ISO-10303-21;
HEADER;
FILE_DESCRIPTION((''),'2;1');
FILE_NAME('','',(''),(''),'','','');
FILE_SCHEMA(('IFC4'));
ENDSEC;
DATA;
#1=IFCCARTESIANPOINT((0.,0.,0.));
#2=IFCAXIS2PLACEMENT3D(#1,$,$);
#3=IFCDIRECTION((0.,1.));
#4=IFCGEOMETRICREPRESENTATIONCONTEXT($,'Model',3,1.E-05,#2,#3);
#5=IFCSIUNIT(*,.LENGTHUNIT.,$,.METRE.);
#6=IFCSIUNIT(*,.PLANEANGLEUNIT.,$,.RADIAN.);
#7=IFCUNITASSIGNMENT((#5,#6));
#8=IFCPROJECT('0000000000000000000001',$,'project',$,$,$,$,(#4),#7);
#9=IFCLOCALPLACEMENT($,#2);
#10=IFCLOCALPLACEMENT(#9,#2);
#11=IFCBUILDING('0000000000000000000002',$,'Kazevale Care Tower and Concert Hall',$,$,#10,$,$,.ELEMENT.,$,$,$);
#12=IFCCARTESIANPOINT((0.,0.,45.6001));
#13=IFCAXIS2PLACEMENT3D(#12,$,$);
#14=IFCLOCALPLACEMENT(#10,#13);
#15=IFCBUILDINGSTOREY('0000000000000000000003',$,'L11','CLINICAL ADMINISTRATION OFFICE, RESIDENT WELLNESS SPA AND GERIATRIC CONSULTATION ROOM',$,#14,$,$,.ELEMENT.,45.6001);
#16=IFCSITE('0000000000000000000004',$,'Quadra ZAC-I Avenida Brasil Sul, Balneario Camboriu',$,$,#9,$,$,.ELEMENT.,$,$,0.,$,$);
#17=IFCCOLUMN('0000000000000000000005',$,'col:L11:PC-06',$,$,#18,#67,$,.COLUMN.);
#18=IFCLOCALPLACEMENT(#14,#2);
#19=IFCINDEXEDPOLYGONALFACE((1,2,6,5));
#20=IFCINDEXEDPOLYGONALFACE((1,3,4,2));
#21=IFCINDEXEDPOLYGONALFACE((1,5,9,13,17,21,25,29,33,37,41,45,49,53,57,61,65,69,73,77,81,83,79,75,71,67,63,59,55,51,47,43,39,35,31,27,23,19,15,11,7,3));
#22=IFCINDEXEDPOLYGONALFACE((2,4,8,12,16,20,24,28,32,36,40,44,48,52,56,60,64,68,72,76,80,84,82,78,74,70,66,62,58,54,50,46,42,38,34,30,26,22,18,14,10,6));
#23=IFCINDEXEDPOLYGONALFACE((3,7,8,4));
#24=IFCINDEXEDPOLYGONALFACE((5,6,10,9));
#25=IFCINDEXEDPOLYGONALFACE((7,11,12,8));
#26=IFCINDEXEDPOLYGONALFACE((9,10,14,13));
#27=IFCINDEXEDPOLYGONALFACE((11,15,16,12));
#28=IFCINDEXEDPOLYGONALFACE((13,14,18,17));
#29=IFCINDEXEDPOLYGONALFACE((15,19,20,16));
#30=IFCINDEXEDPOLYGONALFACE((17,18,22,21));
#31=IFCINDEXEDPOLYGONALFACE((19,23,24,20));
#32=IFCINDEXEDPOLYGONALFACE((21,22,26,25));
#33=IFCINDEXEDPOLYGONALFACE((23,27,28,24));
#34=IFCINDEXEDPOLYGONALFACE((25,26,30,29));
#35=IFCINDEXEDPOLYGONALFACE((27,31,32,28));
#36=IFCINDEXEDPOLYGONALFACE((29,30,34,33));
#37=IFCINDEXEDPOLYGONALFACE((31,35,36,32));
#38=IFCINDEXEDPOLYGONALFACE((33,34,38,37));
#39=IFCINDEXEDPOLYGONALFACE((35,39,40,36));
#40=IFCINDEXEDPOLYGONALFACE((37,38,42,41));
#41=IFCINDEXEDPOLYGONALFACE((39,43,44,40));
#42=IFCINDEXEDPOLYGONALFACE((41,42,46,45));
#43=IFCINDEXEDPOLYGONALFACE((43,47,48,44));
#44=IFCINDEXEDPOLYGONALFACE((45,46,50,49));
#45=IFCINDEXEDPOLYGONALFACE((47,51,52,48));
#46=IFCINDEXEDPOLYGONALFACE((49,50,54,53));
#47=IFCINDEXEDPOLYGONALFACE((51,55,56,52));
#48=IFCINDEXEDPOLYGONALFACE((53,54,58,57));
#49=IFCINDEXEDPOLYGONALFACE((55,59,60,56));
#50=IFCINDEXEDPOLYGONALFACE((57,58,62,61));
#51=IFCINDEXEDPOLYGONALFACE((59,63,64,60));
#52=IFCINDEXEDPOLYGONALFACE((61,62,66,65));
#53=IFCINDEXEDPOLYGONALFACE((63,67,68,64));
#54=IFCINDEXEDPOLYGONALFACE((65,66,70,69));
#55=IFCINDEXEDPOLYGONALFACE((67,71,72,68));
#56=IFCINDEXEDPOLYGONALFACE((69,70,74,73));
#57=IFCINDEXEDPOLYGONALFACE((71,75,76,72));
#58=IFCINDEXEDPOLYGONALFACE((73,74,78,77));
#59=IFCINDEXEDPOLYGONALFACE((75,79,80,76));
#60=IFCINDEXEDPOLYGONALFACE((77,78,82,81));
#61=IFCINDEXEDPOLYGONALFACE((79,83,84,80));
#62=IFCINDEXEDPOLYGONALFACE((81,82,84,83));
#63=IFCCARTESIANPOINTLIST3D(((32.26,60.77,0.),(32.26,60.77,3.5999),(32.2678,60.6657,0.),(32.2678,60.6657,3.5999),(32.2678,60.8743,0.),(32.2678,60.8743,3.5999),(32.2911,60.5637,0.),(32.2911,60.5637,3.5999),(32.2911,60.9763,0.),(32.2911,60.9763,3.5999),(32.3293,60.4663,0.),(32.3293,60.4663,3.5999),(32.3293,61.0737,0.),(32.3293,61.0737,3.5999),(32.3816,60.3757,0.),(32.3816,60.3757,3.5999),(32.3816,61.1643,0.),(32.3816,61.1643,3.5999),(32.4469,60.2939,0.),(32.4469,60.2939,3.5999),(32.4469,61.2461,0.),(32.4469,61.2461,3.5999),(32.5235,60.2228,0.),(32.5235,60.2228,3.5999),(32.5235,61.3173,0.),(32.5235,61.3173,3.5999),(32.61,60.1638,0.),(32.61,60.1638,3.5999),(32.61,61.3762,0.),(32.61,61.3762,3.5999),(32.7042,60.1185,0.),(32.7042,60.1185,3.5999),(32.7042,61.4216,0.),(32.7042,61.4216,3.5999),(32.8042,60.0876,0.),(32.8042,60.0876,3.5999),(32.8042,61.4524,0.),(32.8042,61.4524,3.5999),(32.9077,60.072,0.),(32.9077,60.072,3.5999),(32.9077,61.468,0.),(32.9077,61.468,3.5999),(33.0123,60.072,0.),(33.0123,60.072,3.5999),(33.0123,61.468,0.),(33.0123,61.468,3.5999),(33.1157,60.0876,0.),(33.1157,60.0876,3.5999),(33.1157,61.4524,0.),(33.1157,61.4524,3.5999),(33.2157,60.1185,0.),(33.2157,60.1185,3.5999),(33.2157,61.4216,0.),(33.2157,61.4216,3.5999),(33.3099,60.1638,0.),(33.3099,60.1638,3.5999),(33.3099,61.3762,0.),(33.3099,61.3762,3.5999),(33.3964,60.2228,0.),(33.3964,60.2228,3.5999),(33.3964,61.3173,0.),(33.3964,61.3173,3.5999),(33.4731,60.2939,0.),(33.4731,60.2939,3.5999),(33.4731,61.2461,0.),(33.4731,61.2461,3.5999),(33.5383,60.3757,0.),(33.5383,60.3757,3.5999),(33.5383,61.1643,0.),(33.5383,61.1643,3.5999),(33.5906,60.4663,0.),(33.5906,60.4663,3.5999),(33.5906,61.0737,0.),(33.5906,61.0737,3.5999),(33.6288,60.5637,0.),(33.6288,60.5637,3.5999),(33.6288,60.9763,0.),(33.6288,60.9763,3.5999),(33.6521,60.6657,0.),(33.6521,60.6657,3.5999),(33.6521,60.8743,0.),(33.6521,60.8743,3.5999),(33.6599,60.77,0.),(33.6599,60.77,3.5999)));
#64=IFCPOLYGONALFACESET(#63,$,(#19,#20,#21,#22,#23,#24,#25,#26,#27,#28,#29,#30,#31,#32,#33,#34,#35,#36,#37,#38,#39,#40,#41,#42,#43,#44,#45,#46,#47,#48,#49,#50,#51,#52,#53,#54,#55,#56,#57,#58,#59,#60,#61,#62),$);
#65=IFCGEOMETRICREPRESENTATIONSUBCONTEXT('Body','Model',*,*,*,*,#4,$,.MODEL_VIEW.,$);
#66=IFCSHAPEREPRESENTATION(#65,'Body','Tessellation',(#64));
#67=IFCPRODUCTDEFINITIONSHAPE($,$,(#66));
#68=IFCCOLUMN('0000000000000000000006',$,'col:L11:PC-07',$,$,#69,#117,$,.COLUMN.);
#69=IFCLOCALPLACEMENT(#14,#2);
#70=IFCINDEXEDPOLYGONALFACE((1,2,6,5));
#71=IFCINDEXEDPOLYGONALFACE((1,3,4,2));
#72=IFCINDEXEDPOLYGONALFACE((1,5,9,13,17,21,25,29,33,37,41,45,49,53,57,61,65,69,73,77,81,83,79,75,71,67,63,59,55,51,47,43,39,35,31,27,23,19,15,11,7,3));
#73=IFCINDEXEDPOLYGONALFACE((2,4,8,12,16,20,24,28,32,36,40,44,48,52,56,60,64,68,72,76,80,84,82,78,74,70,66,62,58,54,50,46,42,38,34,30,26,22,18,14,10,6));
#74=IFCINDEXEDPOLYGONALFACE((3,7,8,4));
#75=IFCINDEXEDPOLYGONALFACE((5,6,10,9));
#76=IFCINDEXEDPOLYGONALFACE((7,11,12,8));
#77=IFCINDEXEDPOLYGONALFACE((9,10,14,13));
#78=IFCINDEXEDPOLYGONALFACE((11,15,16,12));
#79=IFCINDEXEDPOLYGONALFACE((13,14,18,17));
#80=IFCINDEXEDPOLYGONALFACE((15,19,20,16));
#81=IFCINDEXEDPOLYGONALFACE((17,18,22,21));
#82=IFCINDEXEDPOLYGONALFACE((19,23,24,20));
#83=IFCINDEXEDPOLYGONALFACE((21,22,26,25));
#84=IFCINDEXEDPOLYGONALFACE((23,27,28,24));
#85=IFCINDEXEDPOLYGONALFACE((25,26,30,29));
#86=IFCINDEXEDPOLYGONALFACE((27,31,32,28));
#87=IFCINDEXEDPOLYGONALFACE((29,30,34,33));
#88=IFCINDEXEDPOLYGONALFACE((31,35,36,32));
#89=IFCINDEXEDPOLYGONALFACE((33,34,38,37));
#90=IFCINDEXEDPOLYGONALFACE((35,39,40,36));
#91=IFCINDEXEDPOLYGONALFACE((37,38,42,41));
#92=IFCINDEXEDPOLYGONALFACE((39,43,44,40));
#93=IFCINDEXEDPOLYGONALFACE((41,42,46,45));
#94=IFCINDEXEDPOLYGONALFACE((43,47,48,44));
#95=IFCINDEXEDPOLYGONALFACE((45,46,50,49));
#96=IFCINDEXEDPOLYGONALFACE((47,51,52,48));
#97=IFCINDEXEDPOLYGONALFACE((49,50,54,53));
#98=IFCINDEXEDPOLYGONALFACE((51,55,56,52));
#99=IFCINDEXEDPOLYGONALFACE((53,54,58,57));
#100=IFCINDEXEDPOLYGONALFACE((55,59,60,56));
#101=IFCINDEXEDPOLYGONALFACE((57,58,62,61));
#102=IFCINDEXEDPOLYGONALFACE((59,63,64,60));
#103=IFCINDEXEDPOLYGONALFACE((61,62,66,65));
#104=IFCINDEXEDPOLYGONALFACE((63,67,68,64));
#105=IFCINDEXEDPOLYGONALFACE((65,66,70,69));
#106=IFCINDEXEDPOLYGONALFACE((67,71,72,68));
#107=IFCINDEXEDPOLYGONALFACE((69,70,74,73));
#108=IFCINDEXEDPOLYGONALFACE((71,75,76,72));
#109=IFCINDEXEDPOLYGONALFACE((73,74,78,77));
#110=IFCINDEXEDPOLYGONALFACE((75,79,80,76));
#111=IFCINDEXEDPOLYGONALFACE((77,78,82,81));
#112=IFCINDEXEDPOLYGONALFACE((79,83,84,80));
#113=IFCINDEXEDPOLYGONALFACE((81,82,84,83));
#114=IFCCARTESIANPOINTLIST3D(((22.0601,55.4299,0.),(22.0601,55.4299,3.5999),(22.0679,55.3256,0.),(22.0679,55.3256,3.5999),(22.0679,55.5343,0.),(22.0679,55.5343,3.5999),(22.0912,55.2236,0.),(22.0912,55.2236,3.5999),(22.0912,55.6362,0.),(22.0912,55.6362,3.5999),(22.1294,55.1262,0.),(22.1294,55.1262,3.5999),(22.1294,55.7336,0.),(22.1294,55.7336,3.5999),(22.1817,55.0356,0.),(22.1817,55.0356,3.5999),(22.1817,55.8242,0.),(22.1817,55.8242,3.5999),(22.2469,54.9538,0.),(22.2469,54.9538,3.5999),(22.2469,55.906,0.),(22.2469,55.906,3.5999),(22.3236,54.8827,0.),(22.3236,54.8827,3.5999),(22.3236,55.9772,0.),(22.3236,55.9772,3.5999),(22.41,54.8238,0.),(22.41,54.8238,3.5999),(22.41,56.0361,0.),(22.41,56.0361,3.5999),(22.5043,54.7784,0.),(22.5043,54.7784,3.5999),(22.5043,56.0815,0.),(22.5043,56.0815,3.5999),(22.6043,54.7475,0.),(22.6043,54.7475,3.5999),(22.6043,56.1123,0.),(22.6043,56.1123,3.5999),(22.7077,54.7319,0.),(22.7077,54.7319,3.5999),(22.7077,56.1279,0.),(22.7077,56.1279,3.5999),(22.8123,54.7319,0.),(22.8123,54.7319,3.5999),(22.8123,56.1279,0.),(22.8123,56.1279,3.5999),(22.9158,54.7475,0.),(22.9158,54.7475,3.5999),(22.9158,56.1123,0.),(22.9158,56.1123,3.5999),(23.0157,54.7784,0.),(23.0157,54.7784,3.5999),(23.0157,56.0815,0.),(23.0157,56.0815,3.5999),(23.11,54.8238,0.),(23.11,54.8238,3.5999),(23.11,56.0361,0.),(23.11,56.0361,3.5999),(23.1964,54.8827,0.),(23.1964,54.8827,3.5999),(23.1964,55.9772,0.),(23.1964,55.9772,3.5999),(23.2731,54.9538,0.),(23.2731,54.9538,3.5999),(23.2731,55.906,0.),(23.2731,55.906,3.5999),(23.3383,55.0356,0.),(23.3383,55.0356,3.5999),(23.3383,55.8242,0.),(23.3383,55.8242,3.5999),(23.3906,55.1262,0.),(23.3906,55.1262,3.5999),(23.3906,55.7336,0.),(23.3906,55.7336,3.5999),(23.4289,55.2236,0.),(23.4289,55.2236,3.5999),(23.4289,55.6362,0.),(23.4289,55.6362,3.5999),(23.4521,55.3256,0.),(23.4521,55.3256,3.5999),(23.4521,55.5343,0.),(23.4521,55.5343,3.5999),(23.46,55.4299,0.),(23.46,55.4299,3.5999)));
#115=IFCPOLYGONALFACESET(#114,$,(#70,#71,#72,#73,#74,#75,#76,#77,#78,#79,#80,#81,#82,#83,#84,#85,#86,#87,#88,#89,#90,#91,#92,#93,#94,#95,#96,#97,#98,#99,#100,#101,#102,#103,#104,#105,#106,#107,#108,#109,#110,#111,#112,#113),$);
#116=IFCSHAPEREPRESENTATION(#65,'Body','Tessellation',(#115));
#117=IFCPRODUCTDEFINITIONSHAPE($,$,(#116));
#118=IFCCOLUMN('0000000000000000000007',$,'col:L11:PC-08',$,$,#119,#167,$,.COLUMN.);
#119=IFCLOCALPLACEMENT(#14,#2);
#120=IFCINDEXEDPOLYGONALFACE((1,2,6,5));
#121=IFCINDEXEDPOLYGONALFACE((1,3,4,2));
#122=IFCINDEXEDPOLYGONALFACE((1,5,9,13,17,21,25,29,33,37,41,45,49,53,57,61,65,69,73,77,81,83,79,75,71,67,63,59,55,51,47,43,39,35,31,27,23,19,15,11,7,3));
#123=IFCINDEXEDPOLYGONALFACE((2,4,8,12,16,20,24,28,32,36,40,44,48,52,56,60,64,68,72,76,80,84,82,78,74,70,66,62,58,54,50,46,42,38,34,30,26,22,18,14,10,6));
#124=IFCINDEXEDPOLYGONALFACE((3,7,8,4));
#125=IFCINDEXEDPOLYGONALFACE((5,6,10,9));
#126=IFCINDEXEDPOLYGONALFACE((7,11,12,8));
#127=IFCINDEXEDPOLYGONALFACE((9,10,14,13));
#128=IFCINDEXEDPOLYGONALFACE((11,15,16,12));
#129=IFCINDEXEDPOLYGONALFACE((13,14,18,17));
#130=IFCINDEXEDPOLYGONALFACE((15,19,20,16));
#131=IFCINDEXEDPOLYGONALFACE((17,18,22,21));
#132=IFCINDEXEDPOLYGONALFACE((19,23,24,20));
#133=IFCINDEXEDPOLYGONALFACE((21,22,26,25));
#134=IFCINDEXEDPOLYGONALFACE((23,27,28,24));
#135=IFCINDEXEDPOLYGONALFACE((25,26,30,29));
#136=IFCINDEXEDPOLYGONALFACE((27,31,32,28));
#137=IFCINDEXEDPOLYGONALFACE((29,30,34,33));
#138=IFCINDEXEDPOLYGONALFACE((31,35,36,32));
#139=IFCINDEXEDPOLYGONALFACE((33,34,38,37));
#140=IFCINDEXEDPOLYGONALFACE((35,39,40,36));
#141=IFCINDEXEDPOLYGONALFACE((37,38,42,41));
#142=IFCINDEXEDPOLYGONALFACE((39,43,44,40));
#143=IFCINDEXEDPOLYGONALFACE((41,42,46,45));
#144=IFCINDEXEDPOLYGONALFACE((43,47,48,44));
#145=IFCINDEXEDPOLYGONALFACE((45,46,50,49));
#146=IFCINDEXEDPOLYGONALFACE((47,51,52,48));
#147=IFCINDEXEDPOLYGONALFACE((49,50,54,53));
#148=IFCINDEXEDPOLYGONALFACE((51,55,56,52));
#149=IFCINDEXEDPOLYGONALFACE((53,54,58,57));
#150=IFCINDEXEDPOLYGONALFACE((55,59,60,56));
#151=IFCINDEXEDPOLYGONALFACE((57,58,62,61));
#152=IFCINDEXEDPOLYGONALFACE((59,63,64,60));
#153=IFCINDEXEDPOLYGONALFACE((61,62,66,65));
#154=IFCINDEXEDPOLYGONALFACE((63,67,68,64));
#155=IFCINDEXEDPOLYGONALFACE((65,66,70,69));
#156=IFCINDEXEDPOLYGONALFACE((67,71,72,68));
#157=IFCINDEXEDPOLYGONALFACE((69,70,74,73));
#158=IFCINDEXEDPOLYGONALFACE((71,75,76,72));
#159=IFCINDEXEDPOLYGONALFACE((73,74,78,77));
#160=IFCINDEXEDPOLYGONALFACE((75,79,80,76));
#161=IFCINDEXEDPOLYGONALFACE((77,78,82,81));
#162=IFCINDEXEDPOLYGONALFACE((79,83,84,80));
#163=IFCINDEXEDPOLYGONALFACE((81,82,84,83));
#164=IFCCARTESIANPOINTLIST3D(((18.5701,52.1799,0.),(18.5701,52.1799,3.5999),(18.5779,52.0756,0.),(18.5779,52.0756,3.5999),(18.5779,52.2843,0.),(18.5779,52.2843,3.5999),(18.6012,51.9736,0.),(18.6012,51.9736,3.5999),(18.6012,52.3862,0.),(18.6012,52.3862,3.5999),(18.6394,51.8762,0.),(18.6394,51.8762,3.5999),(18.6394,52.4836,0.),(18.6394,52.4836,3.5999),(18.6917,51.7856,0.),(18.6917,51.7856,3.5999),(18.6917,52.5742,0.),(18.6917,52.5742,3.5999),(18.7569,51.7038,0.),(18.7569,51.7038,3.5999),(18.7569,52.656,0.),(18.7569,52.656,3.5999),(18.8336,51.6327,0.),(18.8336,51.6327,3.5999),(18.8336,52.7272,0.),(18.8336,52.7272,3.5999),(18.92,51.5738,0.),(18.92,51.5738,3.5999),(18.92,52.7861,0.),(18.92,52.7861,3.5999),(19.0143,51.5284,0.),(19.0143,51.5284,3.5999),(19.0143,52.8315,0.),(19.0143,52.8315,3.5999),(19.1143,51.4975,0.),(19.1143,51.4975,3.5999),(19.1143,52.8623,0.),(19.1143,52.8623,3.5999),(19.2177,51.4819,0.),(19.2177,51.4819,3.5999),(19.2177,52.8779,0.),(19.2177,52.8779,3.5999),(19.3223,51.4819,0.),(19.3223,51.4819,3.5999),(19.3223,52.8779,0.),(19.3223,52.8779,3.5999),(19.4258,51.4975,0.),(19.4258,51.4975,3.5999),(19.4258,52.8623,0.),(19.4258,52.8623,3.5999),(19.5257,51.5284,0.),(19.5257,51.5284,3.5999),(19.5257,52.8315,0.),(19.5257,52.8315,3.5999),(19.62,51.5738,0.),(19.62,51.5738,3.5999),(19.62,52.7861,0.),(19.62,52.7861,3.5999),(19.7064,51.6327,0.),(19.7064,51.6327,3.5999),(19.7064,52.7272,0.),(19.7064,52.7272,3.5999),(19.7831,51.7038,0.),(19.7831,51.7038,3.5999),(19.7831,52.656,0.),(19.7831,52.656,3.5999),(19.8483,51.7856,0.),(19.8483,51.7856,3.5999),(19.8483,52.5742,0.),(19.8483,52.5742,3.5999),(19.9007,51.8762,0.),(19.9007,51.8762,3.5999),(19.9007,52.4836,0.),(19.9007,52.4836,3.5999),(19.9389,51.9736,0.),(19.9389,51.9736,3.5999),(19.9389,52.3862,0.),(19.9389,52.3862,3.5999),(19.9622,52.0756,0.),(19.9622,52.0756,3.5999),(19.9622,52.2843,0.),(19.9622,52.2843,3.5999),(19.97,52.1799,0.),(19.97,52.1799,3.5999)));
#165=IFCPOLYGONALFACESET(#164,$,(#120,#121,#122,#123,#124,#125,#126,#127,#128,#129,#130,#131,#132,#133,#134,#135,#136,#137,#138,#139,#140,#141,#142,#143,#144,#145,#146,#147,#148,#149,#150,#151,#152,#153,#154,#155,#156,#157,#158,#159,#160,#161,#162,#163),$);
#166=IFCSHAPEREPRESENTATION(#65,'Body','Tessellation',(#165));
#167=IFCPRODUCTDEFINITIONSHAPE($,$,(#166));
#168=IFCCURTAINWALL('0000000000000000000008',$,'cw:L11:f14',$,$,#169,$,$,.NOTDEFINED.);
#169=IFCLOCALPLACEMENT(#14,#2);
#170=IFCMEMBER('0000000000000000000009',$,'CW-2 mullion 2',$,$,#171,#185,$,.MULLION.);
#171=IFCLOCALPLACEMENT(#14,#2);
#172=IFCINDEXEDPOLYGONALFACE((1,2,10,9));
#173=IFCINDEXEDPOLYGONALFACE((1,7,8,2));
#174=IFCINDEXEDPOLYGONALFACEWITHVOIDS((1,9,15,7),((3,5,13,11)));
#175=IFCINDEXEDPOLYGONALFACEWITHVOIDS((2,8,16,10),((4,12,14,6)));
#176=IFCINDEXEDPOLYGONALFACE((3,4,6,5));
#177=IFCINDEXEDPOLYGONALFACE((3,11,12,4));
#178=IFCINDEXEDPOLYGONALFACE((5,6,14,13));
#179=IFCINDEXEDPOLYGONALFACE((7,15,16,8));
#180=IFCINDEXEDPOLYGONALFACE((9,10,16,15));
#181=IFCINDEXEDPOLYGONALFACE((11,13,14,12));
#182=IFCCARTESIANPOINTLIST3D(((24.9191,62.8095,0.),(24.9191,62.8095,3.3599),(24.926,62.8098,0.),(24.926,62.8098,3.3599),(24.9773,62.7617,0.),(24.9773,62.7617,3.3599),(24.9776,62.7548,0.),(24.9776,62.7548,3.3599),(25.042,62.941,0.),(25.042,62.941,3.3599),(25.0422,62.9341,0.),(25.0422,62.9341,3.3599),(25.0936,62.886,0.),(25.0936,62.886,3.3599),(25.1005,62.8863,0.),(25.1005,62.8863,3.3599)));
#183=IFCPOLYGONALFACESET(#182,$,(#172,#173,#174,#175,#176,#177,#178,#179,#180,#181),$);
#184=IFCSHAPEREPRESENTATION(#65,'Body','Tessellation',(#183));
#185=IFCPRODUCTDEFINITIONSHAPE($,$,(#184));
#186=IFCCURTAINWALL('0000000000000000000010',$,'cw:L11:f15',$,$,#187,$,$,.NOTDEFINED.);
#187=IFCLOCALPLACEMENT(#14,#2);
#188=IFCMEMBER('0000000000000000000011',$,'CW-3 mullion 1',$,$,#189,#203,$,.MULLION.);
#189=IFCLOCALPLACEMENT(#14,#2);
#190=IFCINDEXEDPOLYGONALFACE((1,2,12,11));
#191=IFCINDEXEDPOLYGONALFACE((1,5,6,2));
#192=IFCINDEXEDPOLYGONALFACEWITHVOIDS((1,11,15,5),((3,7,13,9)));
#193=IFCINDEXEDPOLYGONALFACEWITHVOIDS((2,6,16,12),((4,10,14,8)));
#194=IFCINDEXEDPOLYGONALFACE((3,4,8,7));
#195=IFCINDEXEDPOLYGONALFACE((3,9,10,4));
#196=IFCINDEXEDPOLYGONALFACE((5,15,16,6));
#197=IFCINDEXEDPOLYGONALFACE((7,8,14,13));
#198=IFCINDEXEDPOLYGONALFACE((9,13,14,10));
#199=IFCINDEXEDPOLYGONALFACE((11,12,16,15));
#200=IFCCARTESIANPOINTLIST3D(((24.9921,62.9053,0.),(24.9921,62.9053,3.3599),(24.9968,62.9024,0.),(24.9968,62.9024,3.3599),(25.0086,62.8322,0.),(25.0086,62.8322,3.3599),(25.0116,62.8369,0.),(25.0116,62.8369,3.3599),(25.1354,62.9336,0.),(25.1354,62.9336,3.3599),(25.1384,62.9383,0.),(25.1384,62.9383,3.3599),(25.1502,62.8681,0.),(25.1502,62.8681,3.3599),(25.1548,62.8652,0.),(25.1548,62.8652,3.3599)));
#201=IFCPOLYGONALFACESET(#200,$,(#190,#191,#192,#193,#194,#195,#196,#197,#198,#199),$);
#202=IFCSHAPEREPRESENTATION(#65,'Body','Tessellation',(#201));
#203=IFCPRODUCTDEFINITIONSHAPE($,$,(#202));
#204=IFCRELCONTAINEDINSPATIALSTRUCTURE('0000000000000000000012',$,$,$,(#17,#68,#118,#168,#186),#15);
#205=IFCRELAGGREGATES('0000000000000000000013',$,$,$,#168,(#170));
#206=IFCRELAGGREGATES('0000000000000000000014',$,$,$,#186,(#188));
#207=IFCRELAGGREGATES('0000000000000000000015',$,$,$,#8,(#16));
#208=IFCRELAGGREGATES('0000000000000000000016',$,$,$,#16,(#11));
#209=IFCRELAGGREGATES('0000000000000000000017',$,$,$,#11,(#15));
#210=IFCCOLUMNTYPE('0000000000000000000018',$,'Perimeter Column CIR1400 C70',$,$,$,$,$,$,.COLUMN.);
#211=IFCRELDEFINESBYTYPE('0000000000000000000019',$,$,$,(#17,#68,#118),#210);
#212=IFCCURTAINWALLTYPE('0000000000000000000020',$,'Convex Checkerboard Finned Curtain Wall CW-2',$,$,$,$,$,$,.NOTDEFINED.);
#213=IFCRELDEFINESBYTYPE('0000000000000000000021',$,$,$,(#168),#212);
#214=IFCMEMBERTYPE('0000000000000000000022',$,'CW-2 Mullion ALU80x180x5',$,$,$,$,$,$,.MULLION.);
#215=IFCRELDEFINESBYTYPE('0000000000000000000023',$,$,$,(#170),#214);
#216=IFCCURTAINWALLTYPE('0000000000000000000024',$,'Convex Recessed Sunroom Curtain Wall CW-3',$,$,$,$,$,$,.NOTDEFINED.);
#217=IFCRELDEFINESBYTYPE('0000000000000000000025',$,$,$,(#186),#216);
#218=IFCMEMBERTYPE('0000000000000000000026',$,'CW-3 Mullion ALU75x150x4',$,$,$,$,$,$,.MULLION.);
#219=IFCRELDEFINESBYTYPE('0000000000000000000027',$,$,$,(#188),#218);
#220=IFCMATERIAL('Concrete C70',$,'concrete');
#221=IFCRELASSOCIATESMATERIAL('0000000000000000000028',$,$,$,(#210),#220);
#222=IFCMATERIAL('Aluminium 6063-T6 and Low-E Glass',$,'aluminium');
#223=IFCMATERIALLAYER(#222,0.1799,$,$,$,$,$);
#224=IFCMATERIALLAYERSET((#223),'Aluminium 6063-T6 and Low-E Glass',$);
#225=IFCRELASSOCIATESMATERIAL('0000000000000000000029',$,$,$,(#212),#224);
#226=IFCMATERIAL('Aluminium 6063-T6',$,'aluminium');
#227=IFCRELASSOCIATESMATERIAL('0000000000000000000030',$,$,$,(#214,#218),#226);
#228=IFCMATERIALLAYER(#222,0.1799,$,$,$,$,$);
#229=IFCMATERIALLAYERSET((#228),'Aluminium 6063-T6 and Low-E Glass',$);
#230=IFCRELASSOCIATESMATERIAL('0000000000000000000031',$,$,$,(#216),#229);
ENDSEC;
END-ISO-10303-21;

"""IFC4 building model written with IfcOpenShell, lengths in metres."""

from ifc_helpers import new_model, si_unit, direction, frame, origin, origin_2d, place, context, subcontext, project, spatial, hollow_rectangle, circle, extrude, material, layer, layer_set, material_profile, profile_set, type_object, element, aggregate, save


model = new_model("IFC4")

# Units and contexts
model_context = context("Model", 3, precision=1e-05, world=origin(), true_north=direction((0.0, 1.0)))
body_context = subcontext(model_context, "Body", "Model", "MODEL_VIEW")
ifc_project = project(units=[si_unit("LENGTHUNIT", "METRE"), si_unit("PLANEANGLEUNIT", "RADIAN")], contexts=[model_context])

# Site, building, storey
site_placement = place(None, origin())
site = spatial("IfcSite", under=ifc_project, at=site_placement, Name="Quadra ZAC-I Avenida Brasil Sul, Balneario Camboriu", CompositionType="ELEMENT", RefElevation=0.0)
building_placement = place(site_placement, origin())
building = spatial("IfcBuilding", under=site, at=building_placement, Name="Kazevale Care Tower and Concert Hall", CompositionType="ELEMENT")
storey_placement = place(building_placement, frame((0.0, 0.0, 45.6001)))
storey = spatial("IfcBuildingStorey", under=building, at=storey_placement, Name="L11", Description="CLINICAL ADMINISTRATION OFFICE, RESIDENT WELLNESS SPA AND GERIATRIC CONSULTATION ROOM", CompositionType="ELEMENT", Elevation=45.6001)

# Columns
ifc_material_1 = material(Name="Concrete C70", Category="concrete")
ifc_material_profile_1 = material_profile(ifc_material_1, circle(Radius=0.7, at=origin_2d()), Name="RC-CIR1400")
ifc_profile_set_1 = profile_set([ifc_material_profile_1], Name="Concrete C70")
column_type = type_object("IfcColumnType", Name="Perimeter Column CIR1400 C70", PredefinedType="COLUMN", material=ifc_profile_set_1)
for number, where, z_axis, x_axis, name in (
    (1, (32.96, 60.77, 0.0), (0.0, 0.0, 1.0), (1.0, 0.0, 0.0), "col:L11:PC-06"),
    (2, (22.76, 55.4299, 0.0), (0.0, 0.0, 1.0), (1.0, 0.0, 0.0), "col:L11:PC-07"),
    (3, (19.27, 52.1799, 0.0), (0.0, 0.0, 1.0), (1.0, 0.0, 0.0), "col:L11:PC-08"),
):
    element("IfcColumn", number, at=place(storey_placement, frame(where, z_axis=z_axis, x_axis=x_axis)), inside=storey, type_object=column_type, Name=name, PredefinedType="COLUMN", context=body_context, shape_type="SweptSolid", body=[
        extrude(circle(Radius=0.7, at=origin_2d()), origin(), (0.0, 0.0, 1.0), 3.5999),
    ])

# Curtain wall, member
ifc_material_2 = material(Name="Aluminium 6063-T6 and Low-E Glass", Category="aluminium")
ifc_layer_1 = layer(ifc_material_2, 0.1799)
ifc_layer_set_1 = layer_set([ifc_layer_1], Name="Aluminium 6063-T6 and Low-E Glass")
curtain_wall_type_1 = type_object("IfcCurtainWallType", Name="Convex Checkerboard Finned Curtain Wall CW-2", PredefinedType="NOTDEFINED", material=ifc_layer_set_1)
curtain_wall_1_placement = place(storey_placement, origin())
curtain_wall_1 = element("IfcCurtainWall", 4, at=curtain_wall_1_placement, inside=storey, type_object=curtain_wall_type_1, Name="cw:L11:f14", PredefinedType="NOTDEFINED")
ifc_material_3 = material(Name="Aluminium 6063-T6", Category="aluminium")
ifc_material_profile_2 = material_profile(ifc_material_3, hollow_rectangle(XDim=0.0801, YDim=0.1799, WallThickness=0.0049, at=origin_2d()), Name="ALU80x180x5")
ifc_profile_set_2 = profile_set([ifc_material_profile_2], Name="Aluminium 6063-T6")
member_type_1 = type_object("IfcMemberType", Name="CW-2 Mullion ALU80x180x5", PredefinedType="MULLION", material=ifc_profile_set_2)
member_1_placement = place(storey_placement, frame((25.0098, 62.8479, 0.0), z_axis=(0.0, 0.0, 1.0), x_axis=(-0.730363, 0.683059, 0.0)))
member_1 = element("IfcMember", 5, at=member_1_placement, type_object=member_type_1, Name="CW-2 mullion 2", PredefinedType="MULLION", context=body_context, shape_type="SweptSolid", body=[
    extrude(hollow_rectangle(XDim=0.0801, YDim=0.1799, WallThickness=0.0049, at=origin_2d()), origin(), (0.0, 0.0, 1.0), 3.3599),
])

# Curtain wall, member
ifc_layer_2 = layer(ifc_material_2, 0.1799)
ifc_layer_set_2 = layer_set([ifc_layer_2], Name="Aluminium 6063-T6 and Low-E Glass")
curtain_wall_type_2 = type_object("IfcCurtainWallType", Name="Convex Recessed Sunroom Curtain Wall CW-3", PredefinedType="NOTDEFINED", material=ifc_layer_set_2)
curtain_wall_2_placement = place(storey_placement, origin())
curtain_wall_2 = element("IfcCurtainWall", 6, at=curtain_wall_2_placement, inside=storey, type_object=curtain_wall_type_2, Name="cw:L11:f15", PredefinedType="NOTDEFINED")
ifc_material_profile_3 = material_profile(ifc_material_3, hollow_rectangle(XDim=0.075, YDim=0.1499, WallThickness=0.0039, at=origin_2d()), Name="ALU75x150x4")
ifc_profile_set_3 = profile_set([ifc_material_profile_3], Name="Aluminium 6063-T6")
member_type_2 = type_object("IfcMemberType", Name="CW-3 Mullion ALU75x150x4", PredefinedType="MULLION", material=ifc_profile_set_3)
member_2_placement = place(storey_placement, frame((25.0735, 62.8853, 0.0), z_axis=(0.0, 0.0, 1.0), x_axis=(-0.219911, 0.97552, 0.0)))
member_2 = element("IfcMember", 7, at=member_2_placement, type_object=member_type_2, Name="CW-3 mullion 1", PredefinedType="MULLION", context=body_context, shape_type="SweptSolid", body=[
    extrude(hollow_rectangle(XDim=0.075, YDim=0.1499, WallThickness=0.0039, at=origin_2d()), origin(), (0.0, 0.0, 1.0), 3.3599),
])

aggregate(curtain_wall_1, [member_1])
aggregate(curtain_wall_2, [member_2])

save(model, "model.ifc")
